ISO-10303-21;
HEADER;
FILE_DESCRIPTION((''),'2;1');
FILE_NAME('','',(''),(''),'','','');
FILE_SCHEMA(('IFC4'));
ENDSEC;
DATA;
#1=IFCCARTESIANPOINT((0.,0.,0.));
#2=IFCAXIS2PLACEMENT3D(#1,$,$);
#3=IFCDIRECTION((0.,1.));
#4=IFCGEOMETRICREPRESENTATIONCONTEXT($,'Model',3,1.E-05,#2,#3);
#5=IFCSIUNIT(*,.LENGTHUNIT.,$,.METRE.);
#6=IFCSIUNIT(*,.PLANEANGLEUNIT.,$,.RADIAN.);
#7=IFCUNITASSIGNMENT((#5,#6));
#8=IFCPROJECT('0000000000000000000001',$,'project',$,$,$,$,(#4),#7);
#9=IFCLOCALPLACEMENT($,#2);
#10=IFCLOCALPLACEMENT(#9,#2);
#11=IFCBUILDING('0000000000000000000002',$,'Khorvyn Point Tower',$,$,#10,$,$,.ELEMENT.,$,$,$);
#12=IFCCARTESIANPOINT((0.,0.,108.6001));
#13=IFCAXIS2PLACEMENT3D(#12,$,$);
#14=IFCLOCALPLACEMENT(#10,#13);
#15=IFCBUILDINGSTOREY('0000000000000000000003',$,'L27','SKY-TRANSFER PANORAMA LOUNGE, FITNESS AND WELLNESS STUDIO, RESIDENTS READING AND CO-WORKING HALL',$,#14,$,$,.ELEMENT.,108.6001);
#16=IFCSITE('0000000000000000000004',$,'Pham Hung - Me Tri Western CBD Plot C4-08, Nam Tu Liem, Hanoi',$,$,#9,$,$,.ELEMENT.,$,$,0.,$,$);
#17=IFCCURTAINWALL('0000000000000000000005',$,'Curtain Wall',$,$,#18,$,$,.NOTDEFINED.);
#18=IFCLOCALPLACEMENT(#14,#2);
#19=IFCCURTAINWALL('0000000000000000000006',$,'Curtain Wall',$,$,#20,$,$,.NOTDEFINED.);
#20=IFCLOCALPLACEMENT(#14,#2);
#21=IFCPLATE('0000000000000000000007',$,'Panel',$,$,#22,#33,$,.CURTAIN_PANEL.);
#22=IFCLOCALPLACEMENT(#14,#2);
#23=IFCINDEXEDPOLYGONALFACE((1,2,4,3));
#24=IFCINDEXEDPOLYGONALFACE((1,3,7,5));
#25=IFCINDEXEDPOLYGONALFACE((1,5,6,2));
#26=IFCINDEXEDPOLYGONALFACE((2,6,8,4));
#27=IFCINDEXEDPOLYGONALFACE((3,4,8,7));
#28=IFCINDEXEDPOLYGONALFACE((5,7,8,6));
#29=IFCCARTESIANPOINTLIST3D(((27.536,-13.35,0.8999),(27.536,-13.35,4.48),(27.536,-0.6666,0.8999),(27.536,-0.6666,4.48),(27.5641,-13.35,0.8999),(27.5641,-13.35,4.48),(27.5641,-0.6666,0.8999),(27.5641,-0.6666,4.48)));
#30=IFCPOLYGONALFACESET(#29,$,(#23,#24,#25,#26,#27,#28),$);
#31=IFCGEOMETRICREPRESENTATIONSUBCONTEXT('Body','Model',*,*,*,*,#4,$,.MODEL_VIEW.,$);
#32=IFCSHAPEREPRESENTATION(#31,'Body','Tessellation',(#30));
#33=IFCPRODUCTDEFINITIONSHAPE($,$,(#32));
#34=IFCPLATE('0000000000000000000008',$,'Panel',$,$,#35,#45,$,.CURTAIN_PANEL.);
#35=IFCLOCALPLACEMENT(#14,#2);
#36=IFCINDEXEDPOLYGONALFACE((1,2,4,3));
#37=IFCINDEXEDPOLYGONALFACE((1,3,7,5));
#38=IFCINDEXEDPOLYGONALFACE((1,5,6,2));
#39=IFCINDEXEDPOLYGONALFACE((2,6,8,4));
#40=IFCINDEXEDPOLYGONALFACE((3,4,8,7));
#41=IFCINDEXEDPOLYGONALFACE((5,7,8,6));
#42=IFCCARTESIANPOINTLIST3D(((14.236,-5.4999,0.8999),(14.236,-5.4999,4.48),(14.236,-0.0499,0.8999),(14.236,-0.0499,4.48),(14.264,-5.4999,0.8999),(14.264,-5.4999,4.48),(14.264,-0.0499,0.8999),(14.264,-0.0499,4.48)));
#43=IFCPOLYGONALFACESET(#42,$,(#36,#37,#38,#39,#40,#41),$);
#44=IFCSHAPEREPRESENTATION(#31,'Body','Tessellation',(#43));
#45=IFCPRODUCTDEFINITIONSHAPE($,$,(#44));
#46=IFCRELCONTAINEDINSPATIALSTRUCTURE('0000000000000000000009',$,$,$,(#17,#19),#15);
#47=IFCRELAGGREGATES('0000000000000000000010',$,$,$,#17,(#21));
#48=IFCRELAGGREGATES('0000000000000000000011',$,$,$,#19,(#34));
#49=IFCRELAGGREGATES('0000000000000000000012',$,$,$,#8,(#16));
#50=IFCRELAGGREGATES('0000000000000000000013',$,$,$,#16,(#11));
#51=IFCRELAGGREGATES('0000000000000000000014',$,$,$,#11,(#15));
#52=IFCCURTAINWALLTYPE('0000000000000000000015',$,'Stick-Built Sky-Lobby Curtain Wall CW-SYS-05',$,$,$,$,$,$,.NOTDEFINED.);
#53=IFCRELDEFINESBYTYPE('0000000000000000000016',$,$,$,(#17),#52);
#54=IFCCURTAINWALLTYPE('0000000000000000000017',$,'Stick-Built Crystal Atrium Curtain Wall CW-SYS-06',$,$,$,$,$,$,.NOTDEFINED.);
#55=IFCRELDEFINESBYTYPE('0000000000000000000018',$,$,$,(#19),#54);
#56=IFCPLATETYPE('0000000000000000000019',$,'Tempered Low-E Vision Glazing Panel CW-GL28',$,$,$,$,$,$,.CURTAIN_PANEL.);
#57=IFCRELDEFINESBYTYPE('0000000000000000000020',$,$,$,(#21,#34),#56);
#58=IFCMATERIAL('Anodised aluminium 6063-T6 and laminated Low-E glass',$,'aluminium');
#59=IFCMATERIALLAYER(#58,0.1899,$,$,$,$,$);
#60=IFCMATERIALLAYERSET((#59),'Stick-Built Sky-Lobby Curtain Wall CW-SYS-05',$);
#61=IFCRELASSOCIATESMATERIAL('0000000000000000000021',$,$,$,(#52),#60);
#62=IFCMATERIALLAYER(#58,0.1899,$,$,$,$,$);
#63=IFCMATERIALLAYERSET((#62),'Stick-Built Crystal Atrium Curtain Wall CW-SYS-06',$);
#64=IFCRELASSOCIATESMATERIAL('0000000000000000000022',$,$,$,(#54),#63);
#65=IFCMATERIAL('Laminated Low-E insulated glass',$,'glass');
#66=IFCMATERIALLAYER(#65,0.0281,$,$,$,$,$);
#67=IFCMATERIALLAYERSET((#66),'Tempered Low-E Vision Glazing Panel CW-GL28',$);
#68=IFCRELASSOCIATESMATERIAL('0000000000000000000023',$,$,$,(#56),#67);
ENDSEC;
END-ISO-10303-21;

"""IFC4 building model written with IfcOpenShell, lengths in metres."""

from ifc_helpers import new_model, si_unit, direction, frame, origin, origin_2d, place, context, subcontext, project, spatial, rectangle, extrude, material, layer, layer_set, type_object, element, aggregate, save


model = new_model("IFC4")

# Units and contexts
model_context = context("Model", 3, precision=1e-05, world=origin(), true_north=direction((0.0, 1.0)))
body_context = subcontext(model_context, "Body", "Model", "MODEL_VIEW")
ifc_project = project(units=[si_unit("LENGTHUNIT", "METRE"), si_unit("PLANEANGLEUNIT", "RADIAN")], contexts=[model_context])

# Site, building, storey
site_placement = place(None, origin())
site = spatial("IfcSite", under=ifc_project, at=site_placement, Name="Pham Hung - Me Tri Western CBD Plot C4-08, Nam Tu Liem, Hanoi", CompositionType="ELEMENT", RefElevation=0.0)
building_placement = place(site_placement, origin())
building = spatial("IfcBuilding", under=site, at=building_placement, Name="Khorvyn Point Tower", CompositionType="ELEMENT")
storey_placement = place(building_placement, frame((0.0, 0.0, 108.6001)))
storey = spatial("IfcBuildingStorey", under=building, at=storey_placement, Name="L27", Description="SKY-TRANSFER PANORAMA LOUNGE, FITNESS AND WELLNESS STUDIO, RESIDENTS READING AND CO-WORKING HALL", CompositionType="ELEMENT", Elevation=108.6001)

# Curtain walls
ifc_material_1 = material(Name="Anodised aluminium 6063-T6 and laminated Low-E glass", Category="aluminium")
ifc_layer_1 = layer(ifc_material_1, 0.1899)
ifc_layer_set_1 = layer_set([ifc_layer_1], Name="Stick-Built Sky-Lobby Curtain Wall CW-SYS-05")
curtain_wall_type_1 = type_object("IfcCurtainWallType", Name="Stick-Built Sky-Lobby Curtain Wall CW-SYS-05", PredefinedType="NOTDEFINED", material=ifc_layer_set_1)
curtain_wall_1_placement = place(storey_placement, origin())
curtain_wall_1 = element("IfcCurtainWall", 1, at=curtain_wall_1_placement, inside=storey, type_object=curtain_wall_type_1, Name="Curtain Wall", PredefinedType="NOTDEFINED")
ifc_layer_2 = layer(ifc_material_1, 0.1899)
ifc_layer_set_2 = layer_set([ifc_layer_2], Name="Stick-Built Crystal Atrium Curtain Wall CW-SYS-06")
curtain_wall_type_2 = type_object("IfcCurtainWallType", Name="Stick-Built Crystal Atrium Curtain Wall CW-SYS-06", PredefinedType="NOTDEFINED", material=ifc_layer_set_2)
curtain_wall_2_placement = place(storey_placement, origin())
curtain_wall_2 = element("IfcCurtainWall", 2, at=curtain_wall_2_placement, inside=storey, type_object=curtain_wall_type_2, Name="Curtain Wall", PredefinedType="NOTDEFINED")

# Plates
ifc_material_2 = material(Name="Laminated Low-E insulated glass", Category="glass")
ifc_layer_3 = layer(ifc_material_2, 0.0281)
ifc_layer_set_3 = layer_set([ifc_layer_3], Name="Tempered Low-E Vision Glazing Panel CW-GL28")
plate_type_1 = type_object("IfcPlateType", Name="Tempered Low-E Vision Glazing Panel CW-GL28", PredefinedType="CURTAIN_PANEL", material=ifc_layer_set_3)
plate_1_placement = place(storey_placement, frame((27.55, -7.0083, 0.8999), z_axis=(0.0, 0.0, 1.0), x_axis=(0.0, -1.0, 0.0)))
plate_1 = element("IfcPlate", 3, at=plate_1_placement, type_object=plate_type_1, Name="Panel", PredefinedType="CURTAIN_PANEL", context=body_context, shape_type="SweptSolid", body=[
    extrude(rectangle(XDim=12.6833, YDim=0.0281, at=origin_2d()), origin(), (0.0, 0.0, 1.0), 3.5801),
])
aggregate(curtain_wall_1, [plate_1])
plate_2_placement = place(storey_placement, frame((14.25, -2.7749, 0.8999), z_axis=(0.0, 0.0, 1.0), x_axis=(0.0, 1.0, 0.0)))
plate_2 = element("IfcPlate", 4, at=plate_2_placement, type_object=plate_type_1, Name="Panel", PredefinedType="CURTAIN_PANEL", context=body_context, shape_type="SweptSolid", body=[
    extrude(rectangle(XDim=5.45, YDim=0.0281, at=origin_2d()), origin(), (0.0, 0.0, 1.0), 3.5801),
])
aggregate(curtain_wall_2, [plate_2])

save(model, "model.ifc")
